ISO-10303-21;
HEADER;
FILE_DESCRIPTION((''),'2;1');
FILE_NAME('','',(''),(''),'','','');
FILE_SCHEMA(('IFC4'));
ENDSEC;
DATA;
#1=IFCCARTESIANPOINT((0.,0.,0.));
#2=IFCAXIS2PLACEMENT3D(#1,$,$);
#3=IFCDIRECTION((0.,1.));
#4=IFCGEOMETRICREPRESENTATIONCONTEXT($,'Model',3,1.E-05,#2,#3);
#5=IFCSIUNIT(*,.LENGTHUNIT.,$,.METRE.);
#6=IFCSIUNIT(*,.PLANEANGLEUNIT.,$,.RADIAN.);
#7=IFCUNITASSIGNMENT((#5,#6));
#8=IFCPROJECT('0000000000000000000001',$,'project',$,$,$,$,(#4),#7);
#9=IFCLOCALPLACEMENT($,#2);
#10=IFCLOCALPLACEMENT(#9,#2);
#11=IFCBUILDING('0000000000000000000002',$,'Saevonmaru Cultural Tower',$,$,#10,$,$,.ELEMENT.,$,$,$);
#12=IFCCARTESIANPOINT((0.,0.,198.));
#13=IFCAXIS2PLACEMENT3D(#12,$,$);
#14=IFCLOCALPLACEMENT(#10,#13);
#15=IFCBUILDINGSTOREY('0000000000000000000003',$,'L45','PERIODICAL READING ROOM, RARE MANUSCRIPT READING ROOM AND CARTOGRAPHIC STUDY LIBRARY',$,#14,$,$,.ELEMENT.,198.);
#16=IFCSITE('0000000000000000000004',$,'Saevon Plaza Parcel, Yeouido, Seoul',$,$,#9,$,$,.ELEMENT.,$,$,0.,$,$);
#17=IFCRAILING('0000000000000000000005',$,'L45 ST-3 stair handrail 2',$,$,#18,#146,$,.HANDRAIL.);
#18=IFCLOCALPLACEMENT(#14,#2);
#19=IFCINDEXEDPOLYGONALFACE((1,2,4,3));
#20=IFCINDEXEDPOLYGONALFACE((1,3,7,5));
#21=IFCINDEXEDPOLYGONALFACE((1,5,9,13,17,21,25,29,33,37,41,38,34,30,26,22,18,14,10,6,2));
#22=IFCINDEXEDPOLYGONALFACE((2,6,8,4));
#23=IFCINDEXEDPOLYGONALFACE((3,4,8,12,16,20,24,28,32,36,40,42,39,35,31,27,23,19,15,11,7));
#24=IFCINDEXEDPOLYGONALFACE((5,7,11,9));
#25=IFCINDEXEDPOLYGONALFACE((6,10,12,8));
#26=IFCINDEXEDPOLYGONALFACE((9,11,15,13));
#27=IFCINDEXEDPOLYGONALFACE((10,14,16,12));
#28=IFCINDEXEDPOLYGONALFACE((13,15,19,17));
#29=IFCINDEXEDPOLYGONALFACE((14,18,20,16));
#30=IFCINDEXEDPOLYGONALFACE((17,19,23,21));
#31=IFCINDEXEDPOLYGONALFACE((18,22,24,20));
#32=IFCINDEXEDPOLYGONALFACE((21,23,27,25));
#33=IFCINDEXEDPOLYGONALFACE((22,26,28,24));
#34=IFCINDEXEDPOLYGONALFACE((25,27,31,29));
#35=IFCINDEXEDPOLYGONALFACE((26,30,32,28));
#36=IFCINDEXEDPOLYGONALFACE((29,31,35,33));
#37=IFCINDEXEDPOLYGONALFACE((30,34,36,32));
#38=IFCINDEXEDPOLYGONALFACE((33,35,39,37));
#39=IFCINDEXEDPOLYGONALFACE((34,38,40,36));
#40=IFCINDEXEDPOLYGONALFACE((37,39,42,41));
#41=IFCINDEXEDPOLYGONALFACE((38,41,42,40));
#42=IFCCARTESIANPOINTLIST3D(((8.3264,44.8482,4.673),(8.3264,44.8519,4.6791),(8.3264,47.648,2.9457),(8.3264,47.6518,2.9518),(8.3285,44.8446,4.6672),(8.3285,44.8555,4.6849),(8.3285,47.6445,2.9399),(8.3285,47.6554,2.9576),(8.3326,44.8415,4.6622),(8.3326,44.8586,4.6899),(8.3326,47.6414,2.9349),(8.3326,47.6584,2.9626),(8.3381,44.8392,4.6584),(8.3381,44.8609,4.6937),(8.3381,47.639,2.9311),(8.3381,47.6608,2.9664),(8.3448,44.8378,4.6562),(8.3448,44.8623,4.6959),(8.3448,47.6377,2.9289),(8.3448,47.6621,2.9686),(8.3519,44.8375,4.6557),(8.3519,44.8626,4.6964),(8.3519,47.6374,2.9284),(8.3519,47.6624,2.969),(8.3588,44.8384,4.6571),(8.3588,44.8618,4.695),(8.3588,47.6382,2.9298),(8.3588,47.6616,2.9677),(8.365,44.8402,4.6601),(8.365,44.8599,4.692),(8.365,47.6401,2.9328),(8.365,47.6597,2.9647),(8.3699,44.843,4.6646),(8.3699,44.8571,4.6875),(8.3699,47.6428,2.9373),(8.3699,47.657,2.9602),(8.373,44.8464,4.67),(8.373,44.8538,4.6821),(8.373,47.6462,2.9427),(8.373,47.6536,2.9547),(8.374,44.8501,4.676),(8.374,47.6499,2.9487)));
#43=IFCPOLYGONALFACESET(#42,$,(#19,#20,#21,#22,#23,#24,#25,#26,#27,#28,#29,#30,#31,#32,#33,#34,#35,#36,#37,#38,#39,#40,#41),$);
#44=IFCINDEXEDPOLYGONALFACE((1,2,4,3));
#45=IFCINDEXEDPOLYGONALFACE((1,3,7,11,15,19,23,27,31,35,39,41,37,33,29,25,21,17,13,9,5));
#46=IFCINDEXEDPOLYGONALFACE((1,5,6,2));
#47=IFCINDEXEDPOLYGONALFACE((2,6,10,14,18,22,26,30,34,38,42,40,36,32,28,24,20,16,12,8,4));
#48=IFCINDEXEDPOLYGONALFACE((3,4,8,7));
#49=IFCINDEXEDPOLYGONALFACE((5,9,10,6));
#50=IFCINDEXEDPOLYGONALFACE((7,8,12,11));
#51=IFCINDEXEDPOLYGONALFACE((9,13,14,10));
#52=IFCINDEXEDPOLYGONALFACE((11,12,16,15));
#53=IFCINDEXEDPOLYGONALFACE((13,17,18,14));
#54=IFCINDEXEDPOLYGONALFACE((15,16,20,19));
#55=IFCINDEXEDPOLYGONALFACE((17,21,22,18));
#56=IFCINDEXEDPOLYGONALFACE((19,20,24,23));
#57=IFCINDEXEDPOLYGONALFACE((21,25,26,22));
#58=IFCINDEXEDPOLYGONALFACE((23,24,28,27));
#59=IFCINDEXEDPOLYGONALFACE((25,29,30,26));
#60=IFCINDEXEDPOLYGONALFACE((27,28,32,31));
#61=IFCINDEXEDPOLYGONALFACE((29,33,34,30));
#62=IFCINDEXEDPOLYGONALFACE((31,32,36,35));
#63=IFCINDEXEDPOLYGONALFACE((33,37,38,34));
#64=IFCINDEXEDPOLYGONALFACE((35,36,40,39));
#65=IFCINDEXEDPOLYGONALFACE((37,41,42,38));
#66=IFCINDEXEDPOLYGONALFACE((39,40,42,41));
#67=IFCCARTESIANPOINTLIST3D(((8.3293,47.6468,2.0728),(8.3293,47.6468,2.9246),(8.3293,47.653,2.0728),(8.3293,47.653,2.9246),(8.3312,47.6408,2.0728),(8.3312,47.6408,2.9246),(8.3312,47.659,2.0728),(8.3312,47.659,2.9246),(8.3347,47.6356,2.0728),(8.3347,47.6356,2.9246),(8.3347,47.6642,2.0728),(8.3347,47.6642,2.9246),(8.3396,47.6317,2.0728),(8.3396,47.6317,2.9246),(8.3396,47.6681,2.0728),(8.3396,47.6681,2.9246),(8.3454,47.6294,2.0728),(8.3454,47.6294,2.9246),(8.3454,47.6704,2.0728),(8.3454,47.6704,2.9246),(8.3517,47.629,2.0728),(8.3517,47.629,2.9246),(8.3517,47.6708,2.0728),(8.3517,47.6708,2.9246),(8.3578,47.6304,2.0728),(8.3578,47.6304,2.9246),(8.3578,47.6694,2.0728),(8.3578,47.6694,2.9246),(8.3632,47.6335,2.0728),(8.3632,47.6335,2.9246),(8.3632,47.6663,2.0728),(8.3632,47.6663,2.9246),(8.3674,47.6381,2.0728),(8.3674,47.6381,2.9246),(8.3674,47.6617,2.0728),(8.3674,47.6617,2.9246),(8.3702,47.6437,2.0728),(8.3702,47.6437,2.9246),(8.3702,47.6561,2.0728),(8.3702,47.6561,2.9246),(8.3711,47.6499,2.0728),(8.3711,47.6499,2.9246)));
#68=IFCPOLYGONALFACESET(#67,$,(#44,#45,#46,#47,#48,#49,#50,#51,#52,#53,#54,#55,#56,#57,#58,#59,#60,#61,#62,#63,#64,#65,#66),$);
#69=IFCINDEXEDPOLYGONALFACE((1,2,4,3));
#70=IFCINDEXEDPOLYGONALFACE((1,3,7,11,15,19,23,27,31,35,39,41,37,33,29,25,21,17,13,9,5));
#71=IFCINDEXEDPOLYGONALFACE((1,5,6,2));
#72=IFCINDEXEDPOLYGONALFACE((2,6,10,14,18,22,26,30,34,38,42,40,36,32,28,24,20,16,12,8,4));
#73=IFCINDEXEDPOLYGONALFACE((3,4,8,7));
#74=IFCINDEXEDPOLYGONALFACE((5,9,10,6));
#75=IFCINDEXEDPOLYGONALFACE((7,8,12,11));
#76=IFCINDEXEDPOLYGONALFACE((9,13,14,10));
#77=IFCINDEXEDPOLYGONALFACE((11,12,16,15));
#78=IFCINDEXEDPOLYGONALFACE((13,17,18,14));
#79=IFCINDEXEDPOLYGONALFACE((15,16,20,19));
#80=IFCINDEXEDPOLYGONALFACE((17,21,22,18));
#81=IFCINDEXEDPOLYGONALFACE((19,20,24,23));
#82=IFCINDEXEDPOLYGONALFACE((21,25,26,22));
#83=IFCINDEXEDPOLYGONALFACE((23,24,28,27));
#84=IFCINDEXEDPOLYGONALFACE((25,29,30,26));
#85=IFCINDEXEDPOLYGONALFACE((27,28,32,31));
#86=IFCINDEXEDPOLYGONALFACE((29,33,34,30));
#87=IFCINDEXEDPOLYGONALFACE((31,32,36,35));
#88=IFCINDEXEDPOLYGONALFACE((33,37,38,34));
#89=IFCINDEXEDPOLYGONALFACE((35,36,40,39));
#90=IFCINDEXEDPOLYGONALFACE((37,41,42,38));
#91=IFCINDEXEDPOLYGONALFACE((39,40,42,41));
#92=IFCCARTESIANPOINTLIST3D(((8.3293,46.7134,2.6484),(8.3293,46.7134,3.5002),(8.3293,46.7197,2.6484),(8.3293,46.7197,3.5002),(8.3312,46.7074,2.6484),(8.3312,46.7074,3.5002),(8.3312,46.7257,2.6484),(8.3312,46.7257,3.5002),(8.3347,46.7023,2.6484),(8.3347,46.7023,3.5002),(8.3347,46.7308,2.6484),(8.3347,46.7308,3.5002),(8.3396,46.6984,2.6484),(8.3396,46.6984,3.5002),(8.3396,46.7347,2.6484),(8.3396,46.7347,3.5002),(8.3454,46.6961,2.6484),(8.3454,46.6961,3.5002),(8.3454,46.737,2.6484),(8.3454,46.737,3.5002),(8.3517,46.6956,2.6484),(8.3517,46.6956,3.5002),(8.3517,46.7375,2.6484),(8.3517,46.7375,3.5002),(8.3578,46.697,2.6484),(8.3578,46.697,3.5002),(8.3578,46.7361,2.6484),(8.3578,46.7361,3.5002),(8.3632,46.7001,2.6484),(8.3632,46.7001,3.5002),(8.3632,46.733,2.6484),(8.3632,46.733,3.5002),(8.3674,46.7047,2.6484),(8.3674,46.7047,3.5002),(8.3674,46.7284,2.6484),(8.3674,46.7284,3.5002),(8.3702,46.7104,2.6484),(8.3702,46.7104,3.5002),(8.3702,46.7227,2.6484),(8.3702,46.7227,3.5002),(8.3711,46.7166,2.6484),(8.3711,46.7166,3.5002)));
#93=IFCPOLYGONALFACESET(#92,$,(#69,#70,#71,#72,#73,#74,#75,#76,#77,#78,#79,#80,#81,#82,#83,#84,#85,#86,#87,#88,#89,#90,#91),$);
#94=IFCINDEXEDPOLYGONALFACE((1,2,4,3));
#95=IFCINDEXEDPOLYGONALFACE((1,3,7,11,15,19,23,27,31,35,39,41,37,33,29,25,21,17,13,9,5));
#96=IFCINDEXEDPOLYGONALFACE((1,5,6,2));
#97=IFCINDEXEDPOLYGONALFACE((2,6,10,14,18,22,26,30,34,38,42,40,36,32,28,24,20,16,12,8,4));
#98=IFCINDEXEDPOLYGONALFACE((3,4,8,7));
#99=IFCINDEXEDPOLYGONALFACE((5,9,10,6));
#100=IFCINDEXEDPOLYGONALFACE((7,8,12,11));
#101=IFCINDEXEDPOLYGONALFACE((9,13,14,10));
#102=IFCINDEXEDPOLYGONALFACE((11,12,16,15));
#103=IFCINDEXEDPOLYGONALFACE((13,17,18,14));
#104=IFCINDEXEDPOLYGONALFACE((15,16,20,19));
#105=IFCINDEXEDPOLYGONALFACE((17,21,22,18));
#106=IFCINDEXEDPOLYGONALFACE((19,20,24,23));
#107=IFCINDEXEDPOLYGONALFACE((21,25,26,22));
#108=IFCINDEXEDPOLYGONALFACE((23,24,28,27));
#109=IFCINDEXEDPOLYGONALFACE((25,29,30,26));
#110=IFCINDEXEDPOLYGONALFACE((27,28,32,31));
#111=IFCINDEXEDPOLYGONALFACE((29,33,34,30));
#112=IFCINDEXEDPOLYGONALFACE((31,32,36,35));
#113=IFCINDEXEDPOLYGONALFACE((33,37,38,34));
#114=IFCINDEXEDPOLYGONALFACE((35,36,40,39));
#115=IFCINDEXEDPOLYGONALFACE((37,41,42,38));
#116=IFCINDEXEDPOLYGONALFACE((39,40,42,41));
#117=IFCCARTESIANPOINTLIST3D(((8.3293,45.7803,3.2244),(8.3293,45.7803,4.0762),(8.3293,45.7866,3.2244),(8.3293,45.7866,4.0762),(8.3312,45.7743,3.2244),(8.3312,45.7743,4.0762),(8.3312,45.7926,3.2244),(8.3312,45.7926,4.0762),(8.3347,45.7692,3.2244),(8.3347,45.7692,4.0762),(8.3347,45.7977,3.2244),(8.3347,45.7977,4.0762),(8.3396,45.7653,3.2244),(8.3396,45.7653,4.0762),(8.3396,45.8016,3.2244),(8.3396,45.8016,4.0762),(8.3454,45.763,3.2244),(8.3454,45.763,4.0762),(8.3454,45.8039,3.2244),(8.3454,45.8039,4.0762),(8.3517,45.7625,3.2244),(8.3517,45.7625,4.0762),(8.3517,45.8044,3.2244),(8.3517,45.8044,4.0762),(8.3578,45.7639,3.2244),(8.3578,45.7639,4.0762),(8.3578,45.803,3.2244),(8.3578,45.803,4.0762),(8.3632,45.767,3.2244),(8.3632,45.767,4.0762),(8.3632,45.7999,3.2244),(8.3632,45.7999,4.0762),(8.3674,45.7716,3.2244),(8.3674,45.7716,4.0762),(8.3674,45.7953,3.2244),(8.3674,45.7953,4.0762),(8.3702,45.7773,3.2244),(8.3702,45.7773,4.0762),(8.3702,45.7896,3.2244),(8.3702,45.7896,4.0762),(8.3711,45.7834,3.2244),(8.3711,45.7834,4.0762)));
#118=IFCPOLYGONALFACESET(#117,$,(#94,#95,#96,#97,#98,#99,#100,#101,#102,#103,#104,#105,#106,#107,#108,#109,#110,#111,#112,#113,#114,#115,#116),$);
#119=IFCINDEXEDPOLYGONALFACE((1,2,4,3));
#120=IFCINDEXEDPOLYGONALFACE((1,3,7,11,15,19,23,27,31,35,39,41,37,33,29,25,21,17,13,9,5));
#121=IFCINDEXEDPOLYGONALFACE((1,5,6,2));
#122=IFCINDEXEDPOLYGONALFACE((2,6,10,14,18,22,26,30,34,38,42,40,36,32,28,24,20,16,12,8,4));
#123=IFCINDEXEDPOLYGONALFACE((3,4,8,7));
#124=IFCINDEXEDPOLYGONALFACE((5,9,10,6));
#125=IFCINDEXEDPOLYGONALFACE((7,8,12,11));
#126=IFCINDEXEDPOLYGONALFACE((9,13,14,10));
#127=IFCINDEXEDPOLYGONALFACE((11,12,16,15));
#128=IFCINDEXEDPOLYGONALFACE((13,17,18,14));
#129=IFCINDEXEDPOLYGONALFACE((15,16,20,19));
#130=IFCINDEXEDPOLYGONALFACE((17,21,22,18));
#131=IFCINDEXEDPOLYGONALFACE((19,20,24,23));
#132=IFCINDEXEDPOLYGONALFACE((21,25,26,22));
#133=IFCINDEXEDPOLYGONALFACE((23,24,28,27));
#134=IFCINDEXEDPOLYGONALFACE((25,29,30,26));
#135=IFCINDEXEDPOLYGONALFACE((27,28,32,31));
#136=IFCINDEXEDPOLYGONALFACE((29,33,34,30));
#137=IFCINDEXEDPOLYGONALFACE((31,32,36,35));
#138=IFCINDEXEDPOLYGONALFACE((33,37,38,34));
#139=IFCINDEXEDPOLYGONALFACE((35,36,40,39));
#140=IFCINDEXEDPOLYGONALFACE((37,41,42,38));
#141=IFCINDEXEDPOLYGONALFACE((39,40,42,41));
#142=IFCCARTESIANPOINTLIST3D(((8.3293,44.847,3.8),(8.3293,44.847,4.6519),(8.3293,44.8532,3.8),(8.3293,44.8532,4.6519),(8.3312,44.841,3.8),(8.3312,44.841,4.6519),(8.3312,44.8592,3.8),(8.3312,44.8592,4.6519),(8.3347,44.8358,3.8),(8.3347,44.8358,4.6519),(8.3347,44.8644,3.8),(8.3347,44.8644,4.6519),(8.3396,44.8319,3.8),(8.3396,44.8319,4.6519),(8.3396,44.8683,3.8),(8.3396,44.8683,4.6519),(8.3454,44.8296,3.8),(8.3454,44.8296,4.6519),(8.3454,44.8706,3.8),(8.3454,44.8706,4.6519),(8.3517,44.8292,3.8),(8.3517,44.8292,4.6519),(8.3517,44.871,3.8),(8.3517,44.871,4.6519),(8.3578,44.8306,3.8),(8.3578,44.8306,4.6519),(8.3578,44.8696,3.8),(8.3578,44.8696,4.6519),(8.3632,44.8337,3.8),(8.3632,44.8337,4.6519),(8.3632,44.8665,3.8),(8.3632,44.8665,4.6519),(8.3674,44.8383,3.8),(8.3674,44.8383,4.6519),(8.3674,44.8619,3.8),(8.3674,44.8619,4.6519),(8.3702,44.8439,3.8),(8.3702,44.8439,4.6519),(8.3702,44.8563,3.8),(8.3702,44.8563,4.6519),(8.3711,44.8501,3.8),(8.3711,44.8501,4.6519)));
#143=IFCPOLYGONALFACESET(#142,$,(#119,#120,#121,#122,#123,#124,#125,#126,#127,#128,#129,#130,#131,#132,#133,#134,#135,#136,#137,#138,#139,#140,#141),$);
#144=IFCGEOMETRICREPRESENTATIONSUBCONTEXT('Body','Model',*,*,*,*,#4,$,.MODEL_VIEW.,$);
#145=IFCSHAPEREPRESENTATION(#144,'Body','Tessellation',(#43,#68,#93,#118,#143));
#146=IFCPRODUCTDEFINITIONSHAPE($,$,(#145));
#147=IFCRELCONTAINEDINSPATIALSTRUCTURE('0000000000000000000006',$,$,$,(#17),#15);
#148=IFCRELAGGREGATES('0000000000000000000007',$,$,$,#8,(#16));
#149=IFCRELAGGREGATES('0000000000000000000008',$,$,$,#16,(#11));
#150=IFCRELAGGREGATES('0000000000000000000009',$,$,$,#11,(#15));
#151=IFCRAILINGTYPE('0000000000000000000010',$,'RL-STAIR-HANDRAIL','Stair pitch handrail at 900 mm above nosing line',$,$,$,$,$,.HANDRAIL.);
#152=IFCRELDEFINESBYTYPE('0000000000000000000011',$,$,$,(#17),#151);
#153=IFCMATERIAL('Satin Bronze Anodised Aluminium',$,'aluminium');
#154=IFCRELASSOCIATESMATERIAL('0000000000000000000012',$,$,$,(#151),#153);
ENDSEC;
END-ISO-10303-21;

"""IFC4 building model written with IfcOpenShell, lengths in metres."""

from ifc_helpers import new_model, si_unit, direction, frame, origin, origin_2d, place, context, subcontext, project, spatial, circle, extrude, material, type_object, element, save


model = new_model("IFC4")

# Units and contexts
model_context = context("Model", 3, precision=1e-05, world=origin(), true_north=direction((0.0, 1.0)))
body_context = subcontext(model_context, "Body", "Model", "MODEL_VIEW")
ifc_project = project(units=[si_unit("LENGTHUNIT", "METRE"), si_unit("PLANEANGLEUNIT", "RADIAN")], contexts=[model_context])

# Site, building, storey
site_placement = place(None, origin())
site = spatial("IfcSite", under=ifc_project, at=site_placement, Name="Saevon Plaza Parcel, Yeouido, Seoul", CompositionType="ELEMENT", RefElevation=0.0)
building_placement = place(site_placement, origin())
building = spatial("IfcBuilding", under=site, at=building_placement, Name="Saevonmaru Cultural Tower", CompositionType="ELEMENT")
storey_placement = place(building_placement, frame((0.0, 0.0, 198.0)))
storey = spatial("IfcBuildingStorey", under=building, at=storey_placement, Name="L45", Description="PERIODICAL READING ROOM, RARE MANUSCRIPT READING ROOM AND CARTOGRAPHIC STUDY LIBRARY", CompositionType="ELEMENT", Elevation=198.0)

# Shared definitions
ifc_material_1 = material(Name="Satin Bronze Anodised Aluminium", Category="aluminium")

# Railing
railing_type_1 = type_object("IfcRailingType", Name="RL-STAIR-HANDRAIL", Description="Stair pitch handrail at 900 mm above nosing line", PredefinedType="HANDRAIL", material=ifc_material_1)
railing_1_placement = place(storey_placement, frame((8.3501, 47.6499, 2.0728)))
element("IfcRailing", 1, at=railing_1_placement, inside=storey, type_object=railing_type_1, Name="L45 ST-3 stair handrail 2", PredefinedType="HANDRAIL", context=body_context, shape_type="SweptSolid", body=[
    extrude(circle(Radius=0.0239, at=origin_2d()), frame((0.0, 0.0, 0.876), z_axis=(0.0, -0.851069, 0.525054), x_axis=(1.0, 0.0, 0.0)), (0.0, 0.0, 1.0), 3.2898),
    extrude(circle(Radius=0.021, at=origin_2d()), origin(), (0.0, 0.0, 1.0), 0.8518),
    extrude(circle(Radius=0.021, at=origin_2d()), frame((0.0, -0.9333, 0.5757)), (0.0, 0.0, 1.0), 0.8518),
    extrude(circle(Radius=0.021, at=origin_2d()), frame((0.0, -1.8665, 1.1516)), (0.0, 0.0, 1.0), 0.8518),
    extrude(circle(Radius=0.021, at=origin_2d()), frame((0.0, -2.7998, 1.7273)), (0.0, 0.0, 1.0), 0.8518),
])

save(model, "model.ifc")
